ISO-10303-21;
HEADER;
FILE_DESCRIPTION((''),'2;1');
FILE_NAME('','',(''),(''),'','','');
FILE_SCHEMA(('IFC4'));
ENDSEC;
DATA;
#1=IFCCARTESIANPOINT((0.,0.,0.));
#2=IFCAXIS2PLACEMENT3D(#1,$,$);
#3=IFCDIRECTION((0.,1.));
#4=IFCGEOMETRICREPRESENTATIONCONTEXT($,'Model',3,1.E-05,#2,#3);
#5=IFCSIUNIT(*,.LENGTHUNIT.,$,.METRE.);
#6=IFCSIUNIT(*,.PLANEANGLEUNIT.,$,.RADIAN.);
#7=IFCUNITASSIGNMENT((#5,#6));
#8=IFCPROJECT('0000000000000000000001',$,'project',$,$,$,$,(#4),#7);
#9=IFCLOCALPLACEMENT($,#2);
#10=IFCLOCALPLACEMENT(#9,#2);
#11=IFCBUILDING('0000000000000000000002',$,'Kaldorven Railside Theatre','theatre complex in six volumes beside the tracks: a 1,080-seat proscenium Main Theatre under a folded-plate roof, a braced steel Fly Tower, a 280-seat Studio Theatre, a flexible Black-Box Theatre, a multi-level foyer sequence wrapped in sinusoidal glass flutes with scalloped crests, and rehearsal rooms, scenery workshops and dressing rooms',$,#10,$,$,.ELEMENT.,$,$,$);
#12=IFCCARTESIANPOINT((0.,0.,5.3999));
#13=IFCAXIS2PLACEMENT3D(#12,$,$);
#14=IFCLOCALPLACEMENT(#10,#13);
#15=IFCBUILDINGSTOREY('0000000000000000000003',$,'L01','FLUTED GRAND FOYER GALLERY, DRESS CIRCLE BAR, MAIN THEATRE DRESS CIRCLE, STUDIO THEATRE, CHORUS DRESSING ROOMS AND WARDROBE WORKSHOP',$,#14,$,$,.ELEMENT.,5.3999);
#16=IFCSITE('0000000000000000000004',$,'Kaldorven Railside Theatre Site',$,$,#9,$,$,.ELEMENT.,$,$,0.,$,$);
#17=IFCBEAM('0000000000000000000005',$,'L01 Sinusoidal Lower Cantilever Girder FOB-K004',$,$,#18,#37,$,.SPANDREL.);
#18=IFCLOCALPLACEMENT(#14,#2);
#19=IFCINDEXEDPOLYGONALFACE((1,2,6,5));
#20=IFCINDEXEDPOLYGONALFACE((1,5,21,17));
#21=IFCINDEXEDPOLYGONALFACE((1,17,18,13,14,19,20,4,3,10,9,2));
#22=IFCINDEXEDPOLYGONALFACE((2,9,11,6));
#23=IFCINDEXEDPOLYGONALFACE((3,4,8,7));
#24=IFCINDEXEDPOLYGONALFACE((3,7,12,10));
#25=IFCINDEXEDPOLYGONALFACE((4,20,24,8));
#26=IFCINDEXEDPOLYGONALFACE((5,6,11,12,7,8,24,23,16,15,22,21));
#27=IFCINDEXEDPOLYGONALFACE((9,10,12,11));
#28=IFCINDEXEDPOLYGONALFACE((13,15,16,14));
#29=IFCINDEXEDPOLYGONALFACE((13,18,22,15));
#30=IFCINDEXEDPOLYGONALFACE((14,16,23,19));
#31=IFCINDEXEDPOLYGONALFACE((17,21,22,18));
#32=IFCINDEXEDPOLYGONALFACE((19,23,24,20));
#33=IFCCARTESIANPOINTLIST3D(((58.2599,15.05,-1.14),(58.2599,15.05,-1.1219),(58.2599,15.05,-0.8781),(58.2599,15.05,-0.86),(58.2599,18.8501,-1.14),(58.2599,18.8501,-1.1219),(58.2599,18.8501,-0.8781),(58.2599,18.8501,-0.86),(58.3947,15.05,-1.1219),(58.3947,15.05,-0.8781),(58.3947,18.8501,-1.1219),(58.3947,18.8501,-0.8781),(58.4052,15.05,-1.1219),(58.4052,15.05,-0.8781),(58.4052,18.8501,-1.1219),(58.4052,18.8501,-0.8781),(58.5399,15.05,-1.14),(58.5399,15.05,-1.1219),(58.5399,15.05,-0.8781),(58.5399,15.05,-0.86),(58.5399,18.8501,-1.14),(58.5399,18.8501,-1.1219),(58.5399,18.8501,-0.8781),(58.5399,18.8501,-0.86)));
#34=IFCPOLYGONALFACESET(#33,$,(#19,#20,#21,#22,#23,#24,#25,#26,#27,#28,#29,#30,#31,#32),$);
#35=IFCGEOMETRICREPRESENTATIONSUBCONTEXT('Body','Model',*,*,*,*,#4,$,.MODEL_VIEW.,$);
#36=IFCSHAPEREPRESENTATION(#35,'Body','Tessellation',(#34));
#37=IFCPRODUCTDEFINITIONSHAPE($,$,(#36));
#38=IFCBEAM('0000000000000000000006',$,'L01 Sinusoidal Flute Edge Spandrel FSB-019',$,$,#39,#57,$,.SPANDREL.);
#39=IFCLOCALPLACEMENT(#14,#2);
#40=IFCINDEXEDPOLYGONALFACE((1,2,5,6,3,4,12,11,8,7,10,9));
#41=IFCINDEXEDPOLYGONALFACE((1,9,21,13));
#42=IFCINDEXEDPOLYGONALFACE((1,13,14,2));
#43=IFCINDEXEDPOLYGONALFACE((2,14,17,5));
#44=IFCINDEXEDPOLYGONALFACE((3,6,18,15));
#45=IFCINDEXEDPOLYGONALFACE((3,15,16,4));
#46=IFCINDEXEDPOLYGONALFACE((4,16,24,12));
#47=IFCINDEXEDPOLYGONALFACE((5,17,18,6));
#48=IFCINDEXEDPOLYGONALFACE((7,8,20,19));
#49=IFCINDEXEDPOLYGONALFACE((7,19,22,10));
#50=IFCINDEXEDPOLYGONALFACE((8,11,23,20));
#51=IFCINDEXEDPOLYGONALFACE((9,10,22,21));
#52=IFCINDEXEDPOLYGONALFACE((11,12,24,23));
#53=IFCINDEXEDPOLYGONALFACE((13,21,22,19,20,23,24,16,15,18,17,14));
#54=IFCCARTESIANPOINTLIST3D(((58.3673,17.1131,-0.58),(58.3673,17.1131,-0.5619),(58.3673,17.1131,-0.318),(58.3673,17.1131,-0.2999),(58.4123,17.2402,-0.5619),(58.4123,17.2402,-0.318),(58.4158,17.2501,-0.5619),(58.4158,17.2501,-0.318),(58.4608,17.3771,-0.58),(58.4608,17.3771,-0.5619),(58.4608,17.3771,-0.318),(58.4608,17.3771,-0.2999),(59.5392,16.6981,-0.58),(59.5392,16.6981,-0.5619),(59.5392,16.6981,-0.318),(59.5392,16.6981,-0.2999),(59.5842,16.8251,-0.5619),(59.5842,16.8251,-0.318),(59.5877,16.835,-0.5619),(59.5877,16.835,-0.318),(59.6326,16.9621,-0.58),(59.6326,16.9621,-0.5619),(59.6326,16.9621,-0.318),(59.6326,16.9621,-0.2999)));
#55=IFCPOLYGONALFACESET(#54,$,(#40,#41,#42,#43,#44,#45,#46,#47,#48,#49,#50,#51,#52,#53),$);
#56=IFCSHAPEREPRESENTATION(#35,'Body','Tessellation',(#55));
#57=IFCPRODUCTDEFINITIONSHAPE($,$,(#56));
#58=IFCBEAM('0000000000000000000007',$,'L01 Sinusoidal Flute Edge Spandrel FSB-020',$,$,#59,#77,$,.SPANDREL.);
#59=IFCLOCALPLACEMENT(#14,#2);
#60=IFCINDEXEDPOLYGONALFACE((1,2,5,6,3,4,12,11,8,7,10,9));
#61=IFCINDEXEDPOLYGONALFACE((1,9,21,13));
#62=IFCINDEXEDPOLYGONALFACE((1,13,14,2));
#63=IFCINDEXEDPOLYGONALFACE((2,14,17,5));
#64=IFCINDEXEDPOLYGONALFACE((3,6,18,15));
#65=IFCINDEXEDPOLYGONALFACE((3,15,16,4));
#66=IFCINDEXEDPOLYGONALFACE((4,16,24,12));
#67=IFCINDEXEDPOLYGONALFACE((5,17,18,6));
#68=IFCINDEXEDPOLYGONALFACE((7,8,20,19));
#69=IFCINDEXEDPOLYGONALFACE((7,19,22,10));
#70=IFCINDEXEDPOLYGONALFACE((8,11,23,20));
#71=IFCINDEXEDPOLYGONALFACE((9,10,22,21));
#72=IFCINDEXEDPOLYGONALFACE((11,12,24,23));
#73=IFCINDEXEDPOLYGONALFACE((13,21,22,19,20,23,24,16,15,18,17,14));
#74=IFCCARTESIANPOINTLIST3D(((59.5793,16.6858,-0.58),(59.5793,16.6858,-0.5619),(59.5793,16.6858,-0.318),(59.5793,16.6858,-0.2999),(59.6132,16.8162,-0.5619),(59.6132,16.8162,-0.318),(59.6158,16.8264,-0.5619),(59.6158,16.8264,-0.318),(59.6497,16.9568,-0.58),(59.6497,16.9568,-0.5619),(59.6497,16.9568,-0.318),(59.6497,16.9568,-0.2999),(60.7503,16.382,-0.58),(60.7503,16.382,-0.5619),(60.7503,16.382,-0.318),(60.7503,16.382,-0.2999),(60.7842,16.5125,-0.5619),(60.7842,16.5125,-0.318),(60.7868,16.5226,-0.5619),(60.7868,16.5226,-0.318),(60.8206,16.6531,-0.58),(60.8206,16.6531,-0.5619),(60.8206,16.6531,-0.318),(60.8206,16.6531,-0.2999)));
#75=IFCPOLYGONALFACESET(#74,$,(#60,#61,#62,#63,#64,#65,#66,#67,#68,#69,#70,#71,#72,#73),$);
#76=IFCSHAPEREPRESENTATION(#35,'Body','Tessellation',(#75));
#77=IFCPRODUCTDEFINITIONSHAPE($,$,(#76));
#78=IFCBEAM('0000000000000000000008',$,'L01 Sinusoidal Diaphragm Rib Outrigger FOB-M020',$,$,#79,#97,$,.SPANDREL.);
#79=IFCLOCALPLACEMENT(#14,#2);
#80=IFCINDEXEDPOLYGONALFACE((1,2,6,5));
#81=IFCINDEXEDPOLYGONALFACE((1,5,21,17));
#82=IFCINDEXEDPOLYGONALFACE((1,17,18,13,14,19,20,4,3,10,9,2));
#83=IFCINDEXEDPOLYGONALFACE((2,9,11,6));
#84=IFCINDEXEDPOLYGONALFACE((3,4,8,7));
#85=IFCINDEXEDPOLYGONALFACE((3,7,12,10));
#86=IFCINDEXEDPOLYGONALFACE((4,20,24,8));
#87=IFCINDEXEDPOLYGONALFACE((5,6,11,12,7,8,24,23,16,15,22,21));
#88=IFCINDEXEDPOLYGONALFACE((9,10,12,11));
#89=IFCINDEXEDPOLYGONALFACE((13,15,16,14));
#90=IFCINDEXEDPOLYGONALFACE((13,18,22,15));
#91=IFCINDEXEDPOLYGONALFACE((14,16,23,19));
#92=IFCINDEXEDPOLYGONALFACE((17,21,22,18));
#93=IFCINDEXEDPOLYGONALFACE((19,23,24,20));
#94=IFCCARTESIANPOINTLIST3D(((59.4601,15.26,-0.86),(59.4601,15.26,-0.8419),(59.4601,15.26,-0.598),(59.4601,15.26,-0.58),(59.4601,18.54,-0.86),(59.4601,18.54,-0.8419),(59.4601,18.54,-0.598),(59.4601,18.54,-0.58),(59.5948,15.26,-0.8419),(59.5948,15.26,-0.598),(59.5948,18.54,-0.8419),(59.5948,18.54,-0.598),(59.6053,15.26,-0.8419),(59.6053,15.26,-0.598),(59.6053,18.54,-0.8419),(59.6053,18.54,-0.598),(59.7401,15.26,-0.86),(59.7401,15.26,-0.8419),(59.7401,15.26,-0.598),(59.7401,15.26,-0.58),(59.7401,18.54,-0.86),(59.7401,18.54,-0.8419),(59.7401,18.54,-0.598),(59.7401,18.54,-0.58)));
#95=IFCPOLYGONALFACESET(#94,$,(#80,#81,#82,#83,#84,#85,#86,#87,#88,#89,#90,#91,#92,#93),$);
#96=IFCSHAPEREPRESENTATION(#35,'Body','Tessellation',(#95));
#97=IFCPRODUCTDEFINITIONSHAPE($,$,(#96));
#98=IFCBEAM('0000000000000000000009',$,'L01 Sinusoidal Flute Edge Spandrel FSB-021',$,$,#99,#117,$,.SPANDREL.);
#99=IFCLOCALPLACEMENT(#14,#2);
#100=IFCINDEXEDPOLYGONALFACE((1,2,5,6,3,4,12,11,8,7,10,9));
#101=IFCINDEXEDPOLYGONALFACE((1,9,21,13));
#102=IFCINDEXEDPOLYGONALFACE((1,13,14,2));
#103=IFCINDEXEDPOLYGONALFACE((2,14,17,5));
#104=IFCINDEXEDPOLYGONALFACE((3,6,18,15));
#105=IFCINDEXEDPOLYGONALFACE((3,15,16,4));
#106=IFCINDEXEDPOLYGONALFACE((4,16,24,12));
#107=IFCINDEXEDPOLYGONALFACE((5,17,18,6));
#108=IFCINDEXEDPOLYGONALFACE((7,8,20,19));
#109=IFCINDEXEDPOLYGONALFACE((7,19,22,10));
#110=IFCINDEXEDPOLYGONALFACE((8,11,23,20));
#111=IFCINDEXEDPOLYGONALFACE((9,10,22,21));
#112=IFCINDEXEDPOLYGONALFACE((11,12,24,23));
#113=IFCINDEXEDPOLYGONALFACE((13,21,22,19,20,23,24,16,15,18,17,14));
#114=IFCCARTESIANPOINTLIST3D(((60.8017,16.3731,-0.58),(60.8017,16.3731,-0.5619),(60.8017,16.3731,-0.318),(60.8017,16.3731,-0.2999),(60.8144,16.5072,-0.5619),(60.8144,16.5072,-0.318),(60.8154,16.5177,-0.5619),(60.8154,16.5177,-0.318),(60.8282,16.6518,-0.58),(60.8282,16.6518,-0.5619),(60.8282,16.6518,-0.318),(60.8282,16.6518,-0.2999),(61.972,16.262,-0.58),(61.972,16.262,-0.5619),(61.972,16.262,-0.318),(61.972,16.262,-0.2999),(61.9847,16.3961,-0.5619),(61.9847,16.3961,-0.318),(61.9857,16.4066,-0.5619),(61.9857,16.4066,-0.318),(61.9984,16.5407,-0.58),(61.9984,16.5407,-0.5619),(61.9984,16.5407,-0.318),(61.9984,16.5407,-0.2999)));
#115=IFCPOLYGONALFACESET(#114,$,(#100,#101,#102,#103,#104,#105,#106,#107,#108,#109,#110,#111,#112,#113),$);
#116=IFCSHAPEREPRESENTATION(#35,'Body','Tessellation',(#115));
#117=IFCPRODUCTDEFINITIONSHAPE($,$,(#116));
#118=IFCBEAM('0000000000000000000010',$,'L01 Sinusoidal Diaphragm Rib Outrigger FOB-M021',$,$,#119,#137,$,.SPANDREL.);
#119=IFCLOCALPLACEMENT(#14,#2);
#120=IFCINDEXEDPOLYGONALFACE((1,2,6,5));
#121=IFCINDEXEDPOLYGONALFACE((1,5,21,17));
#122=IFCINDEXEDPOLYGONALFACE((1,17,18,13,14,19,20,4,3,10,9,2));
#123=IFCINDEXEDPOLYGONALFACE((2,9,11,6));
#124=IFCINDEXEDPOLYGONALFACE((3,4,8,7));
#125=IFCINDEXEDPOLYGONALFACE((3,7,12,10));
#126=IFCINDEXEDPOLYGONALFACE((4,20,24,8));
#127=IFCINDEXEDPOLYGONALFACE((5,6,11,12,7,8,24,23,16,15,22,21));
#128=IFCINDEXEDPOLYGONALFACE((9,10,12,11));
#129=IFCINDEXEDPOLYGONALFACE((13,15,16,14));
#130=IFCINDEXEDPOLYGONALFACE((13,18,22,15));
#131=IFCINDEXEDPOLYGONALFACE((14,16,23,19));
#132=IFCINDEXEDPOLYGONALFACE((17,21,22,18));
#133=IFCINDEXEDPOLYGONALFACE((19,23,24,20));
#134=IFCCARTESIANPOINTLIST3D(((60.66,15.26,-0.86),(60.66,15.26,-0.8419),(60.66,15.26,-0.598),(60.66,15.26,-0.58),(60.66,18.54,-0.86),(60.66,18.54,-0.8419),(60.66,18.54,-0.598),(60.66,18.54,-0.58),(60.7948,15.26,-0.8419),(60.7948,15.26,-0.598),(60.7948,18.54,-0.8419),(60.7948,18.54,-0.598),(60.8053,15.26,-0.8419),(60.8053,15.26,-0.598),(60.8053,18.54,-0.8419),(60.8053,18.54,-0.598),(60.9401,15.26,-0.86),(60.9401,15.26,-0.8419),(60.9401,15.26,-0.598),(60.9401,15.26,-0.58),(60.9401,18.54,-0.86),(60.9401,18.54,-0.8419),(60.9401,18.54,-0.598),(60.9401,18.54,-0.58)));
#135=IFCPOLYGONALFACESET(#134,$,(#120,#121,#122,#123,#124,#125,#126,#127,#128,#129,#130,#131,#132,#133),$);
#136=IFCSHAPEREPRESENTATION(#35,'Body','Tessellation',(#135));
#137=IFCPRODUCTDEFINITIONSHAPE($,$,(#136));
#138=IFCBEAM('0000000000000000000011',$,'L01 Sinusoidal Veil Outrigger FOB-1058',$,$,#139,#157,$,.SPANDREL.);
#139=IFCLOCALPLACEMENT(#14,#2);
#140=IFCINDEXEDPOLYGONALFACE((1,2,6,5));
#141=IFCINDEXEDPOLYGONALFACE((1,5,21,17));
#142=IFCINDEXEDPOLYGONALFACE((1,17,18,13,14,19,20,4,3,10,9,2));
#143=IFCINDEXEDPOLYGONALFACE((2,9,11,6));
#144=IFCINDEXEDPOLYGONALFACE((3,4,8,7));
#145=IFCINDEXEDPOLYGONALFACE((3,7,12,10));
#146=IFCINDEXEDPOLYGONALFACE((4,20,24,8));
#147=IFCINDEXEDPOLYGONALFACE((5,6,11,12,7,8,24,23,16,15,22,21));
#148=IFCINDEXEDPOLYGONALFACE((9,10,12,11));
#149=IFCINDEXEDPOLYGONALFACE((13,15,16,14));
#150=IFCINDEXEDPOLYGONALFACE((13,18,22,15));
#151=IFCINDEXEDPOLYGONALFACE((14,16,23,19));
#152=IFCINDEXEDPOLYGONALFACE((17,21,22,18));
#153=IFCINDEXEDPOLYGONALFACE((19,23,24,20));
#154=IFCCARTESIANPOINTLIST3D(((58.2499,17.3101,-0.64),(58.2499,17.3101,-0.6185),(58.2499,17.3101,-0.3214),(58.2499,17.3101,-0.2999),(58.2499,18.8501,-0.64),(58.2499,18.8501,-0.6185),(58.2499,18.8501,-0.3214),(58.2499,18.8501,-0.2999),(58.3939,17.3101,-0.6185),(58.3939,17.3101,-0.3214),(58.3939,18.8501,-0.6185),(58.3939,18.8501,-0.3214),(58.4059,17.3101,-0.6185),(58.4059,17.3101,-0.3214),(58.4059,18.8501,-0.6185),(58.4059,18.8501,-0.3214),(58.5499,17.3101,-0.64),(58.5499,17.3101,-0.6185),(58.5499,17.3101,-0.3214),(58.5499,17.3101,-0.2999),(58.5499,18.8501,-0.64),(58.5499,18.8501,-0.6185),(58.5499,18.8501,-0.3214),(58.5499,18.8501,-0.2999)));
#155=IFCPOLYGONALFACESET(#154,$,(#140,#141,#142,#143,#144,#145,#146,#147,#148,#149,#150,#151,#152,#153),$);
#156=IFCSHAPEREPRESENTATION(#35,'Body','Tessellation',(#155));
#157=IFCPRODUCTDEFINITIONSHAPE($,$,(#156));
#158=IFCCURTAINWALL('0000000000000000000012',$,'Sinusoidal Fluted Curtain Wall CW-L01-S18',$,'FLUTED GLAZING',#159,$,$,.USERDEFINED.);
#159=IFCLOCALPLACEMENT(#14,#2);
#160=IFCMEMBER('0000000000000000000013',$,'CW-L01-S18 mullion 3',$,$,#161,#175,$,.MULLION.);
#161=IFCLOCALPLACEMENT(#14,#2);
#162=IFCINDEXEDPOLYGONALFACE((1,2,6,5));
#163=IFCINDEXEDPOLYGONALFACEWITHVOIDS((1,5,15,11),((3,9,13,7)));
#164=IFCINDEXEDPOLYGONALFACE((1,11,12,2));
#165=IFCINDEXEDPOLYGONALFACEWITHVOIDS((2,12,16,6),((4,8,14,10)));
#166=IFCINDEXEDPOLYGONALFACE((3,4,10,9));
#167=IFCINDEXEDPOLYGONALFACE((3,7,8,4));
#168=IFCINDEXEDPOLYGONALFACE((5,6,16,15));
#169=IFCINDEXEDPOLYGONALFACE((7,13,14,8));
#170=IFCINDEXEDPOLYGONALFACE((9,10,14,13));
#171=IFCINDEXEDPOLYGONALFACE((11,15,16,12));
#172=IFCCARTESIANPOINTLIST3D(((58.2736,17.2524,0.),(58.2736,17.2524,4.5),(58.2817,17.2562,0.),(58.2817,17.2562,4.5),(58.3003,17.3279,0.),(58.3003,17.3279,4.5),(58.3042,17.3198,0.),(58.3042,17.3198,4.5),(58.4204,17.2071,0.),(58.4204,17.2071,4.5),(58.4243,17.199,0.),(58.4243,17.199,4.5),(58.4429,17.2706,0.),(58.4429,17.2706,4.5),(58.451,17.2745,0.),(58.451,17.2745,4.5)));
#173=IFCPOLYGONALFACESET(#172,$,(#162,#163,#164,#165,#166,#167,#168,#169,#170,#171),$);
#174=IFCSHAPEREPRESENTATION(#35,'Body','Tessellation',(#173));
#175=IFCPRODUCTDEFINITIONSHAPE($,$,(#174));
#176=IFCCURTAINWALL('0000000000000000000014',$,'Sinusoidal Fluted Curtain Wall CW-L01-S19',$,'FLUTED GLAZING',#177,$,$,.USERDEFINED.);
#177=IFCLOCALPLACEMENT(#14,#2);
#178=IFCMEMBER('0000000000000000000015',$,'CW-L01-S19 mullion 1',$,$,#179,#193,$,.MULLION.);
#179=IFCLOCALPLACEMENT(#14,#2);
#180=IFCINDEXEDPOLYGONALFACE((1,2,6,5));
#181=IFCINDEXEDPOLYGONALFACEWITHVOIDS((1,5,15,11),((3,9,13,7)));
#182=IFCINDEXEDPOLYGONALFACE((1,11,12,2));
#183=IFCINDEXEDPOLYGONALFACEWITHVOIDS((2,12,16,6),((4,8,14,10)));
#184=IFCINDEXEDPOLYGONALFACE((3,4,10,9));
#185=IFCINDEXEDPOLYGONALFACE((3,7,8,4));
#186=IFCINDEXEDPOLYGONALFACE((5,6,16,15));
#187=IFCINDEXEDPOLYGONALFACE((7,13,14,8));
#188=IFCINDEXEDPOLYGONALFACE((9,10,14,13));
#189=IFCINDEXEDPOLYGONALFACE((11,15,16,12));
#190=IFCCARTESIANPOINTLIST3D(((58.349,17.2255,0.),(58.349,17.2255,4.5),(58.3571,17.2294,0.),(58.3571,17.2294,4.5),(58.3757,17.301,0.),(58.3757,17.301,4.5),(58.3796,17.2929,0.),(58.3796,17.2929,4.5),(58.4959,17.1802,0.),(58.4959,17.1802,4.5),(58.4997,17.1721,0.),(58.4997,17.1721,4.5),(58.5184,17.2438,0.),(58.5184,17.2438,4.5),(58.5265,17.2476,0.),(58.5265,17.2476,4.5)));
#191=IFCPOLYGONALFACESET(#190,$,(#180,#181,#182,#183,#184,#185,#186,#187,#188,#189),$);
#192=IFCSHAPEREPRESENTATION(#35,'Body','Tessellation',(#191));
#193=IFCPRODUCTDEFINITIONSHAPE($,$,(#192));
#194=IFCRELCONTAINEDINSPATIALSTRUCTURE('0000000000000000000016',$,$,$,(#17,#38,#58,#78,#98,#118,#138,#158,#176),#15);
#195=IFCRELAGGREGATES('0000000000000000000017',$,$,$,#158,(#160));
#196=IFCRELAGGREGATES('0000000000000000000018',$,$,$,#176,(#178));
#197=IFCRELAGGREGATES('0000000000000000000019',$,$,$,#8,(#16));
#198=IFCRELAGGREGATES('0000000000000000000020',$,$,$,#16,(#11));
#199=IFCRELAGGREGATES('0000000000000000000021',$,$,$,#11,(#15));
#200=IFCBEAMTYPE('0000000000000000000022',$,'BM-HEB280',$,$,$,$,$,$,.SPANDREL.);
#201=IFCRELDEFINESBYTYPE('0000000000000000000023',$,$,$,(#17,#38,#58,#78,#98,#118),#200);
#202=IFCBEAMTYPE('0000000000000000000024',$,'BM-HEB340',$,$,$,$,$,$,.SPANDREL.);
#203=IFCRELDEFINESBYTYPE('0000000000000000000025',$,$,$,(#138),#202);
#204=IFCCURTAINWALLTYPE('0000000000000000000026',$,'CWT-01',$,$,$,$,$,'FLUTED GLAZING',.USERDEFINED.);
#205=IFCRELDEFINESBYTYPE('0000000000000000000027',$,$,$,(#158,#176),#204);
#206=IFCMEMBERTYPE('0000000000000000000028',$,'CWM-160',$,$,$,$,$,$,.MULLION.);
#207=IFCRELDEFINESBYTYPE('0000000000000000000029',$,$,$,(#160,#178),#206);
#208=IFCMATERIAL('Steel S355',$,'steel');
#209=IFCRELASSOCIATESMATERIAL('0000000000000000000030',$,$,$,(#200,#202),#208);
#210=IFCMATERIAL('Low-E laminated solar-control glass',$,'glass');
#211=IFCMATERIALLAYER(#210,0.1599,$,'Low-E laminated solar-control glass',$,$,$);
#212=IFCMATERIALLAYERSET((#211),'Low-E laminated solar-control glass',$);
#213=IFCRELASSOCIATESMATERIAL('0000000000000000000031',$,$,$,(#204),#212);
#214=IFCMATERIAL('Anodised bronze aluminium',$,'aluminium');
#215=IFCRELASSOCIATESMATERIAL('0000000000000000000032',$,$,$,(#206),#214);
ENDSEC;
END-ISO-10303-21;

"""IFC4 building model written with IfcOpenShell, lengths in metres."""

from ifc_helpers import new_model, si_unit, direction, frame, origin, origin_2d, place, context, subcontext, project, spatial, hollow_rectangle, i_section, extrude, material, layer, layer_set, material_profile, profile_set, type_object, element, aggregate, save


model = new_model("IFC4")

# Units and contexts
model_context = context("Model", 3, precision=1e-05, world=origin(), true_north=direction((0.0, 1.0)))
body_context = subcontext(model_context, "Body", "Model", "MODEL_VIEW")
ifc_project = project(units=[si_unit("LENGTHUNIT", "METRE"), si_unit("PLANEANGLEUNIT", "RADIAN")], contexts=[model_context])

# Site, building, storey
site_placement = place(None, origin())
site = spatial("IfcSite", under=ifc_project, at=site_placement, Name="Kaldorven Railside Theatre Site", CompositionType="ELEMENT", RefElevation=0.0)
building_placement = place(site_placement, origin())
building = spatial("IfcBuilding", under=site, at=building_placement, Name="Kaldorven Railside Theatre", Description="theatre complex in six volumes beside the tracks: a 1,080-seat proscenium Main Theatre under a folded-plate roof, a braced steel Fly Tower, a 280-seat Studio Theatre, a flexible Black-Box Theatre, a multi-level foyer sequence wrapped in sinusoidal glass flutes with scalloped crests, and rehearsal rooms, scenery workshops and dressing rooms", CompositionType="ELEMENT")
storey_placement = place(building_placement, frame((0.0, 0.0, 5.3999)))
storey = spatial("IfcBuildingStorey", under=building, at=storey_placement, Name="L01", Description="FLUTED GRAND FOYER GALLERY, DRESS CIRCLE BAR, MAIN THEATRE DRESS CIRCLE, STUDIO THEATRE, CHORUS DRESSING ROOMS AND WARDROBE WORKSHOP", CompositionType="ELEMENT", Elevation=5.3999)

# Beams
ifc_material_1 = material(Name="Steel S355", Category="steel")
ifc_material_profile_1 = material_profile(ifc_material_1, i_section(OverallWidth=0.28, OverallDepth=0.28, WebThickness=0.0105, FlangeThickness=0.0181, at=origin_2d()), Name="HEB 280")
ifc_profile_set_1 = profile_set([ifc_material_profile_1], Name="Steel S355")
beam_type_1 = type_object("IfcBeamType", Name="BM-HEB280", PredefinedType="SPANDREL", material=ifc_profile_set_1)
beam_1_placement = place(storey_placement, frame((58.3999, 15.05, -1.0), z_axis=(0.0, 1.0, 0.0), x_axis=(-1.0, 0.0, 0.0)))
element("IfcBeam", 1, at=beam_1_placement, inside=storey, type_object=beam_type_1, Name="L01 Sinusoidal Lower Cantilever Girder FOB-K004", PredefinedType="SPANDREL", context=body_context, shape_type="SweptSolid", body=[
    extrude(i_section(OverallWidth=0.28, OverallDepth=0.28, WebThickness=0.0105, FlangeThickness=0.0181, at=origin_2d()), origin(), (0.0, 0.0, 1.0), 3.8),
])
beam_2_placement = place(storey_placement, frame((58.4141, 17.2451, -0.4399), z_axis=(0.942627, -0.333847, 0.0), x_axis=(0.333847, 0.942627, 0.0)))
element("IfcBeam", 2, at=beam_2_placement, inside=storey, type_object=beam_type_1, Name="L01 Sinusoidal Flute Edge Spandrel FSB-019", PredefinedType="SPANDREL", context=body_context, shape_type="SweptSolid", body=[
    extrude(i_section(OverallWidth=0.28, OverallDepth=0.28, WebThickness=0.0105, FlangeThickness=0.0181, at=origin_2d()), origin(), (0.0, 0.0, 1.0), 1.2432),
])
beam_3_placement = place(storey_placement, frame((59.6145, 16.8213, -0.4399), z_axis=(0.967968, -0.251074, 0.0), x_axis=(0.251074, 0.967968, 0.0)))
element("IfcBeam", 3, at=beam_3_placement, inside=storey, type_object=beam_type_1, Name="L01 Sinusoidal Flute Edge Spandrel FSB-020", PredefinedType="SPANDREL", context=body_context, shape_type="SweptSolid", body=[
    extrude(i_section(OverallWidth=0.28, OverallDepth=0.28, WebThickness=0.0105, FlangeThickness=0.0181, at=origin_2d()), origin(), (0.0, 0.0, 1.0), 1.2097),
])
beam_4_placement = place(storey_placement, frame((59.6001, 15.26, -0.72), z_axis=(0.0, 1.0, 0.0), x_axis=(-1.0, 0.0, 0.0)))
element("IfcBeam", 4, at=beam_4_placement, inside=storey, type_object=beam_type_1, Name="L01 Sinusoidal Diaphragm Rib Outrigger FOB-M020", PredefinedType="SPANDREL", context=body_context, shape_type="SweptSolid", body=[
    extrude(i_section(OverallWidth=0.28, OverallDepth=0.28, WebThickness=0.0105, FlangeThickness=0.0181, at=origin_2d()), origin(), (0.0, 0.0, 1.0), 3.28),
])
beam_5_placement = place(storey_placement, frame((60.8149, 16.5125, -0.4399), z_axis=(0.995524, -0.094505, 0.0), x_axis=(0.094505, 0.995524, 0.0)))
element("IfcBeam", 5, at=beam_5_placement, inside=storey, type_object=beam_type_1, Name="L01 Sinusoidal Flute Edge Spandrel FSB-021", PredefinedType="SPANDREL", context=body_context, shape_type="SweptSolid", body=[
    extrude(i_section(OverallWidth=0.28, OverallDepth=0.28, WebThickness=0.0105, FlangeThickness=0.0181, at=origin_2d()), origin(), (0.0, 0.0, 1.0), 1.1755),
])
beam_6_placement = place(storey_placement, frame((60.8, 15.26, -0.72), z_axis=(0.0, 1.0, 0.0), x_axis=(-1.0, 0.0, 0.0)))
element("IfcBeam", 6, at=beam_6_placement, inside=storey, type_object=beam_type_1, Name="L01 Sinusoidal Diaphragm Rib Outrigger FOB-M021", PredefinedType="SPANDREL", context=body_context, shape_type="SweptSolid", body=[
    extrude(i_section(OverallWidth=0.28, OverallDepth=0.28, WebThickness=0.0105, FlangeThickness=0.0181, at=origin_2d()), origin(), (0.0, 0.0, 1.0), 3.28),
])
ifc_material_profile_2 = material_profile(ifc_material_1, i_section(OverallWidth=0.3, OverallDepth=0.3401, WebThickness=0.012, FlangeThickness=0.0215, at=origin_2d()), Name="HEB 340")
ifc_profile_set_2 = profile_set([ifc_material_profile_2], Name="Steel S355")
beam_type_2 = type_object("IfcBeamType", Name="BM-HEB340", PredefinedType="SPANDREL", material=ifc_profile_set_2)
beam_7_placement = place(storey_placement, frame((58.3999, 17.3101, -0.47), z_axis=(0.0, 1.0, 0.0), x_axis=(-1.0, 0.0, 0.0)))
element("IfcBeam", 7, at=beam_7_placement, inside=storey, type_object=beam_type_2, Name="L01 Sinusoidal Veil Outrigger FOB-1058", PredefinedType="SPANDREL", context=body_context, shape_type="SweptSolid", body=[
    extrude(i_section(OverallWidth=0.3, OverallDepth=0.3401, WebThickness=0.012, FlangeThickness=0.0215, at=origin_2d()), origin(), (0.0, 0.0, 1.0), 1.54),
])

# Curtain wall, member
ifc_material_2 = material(Name="Low-E laminated solar-control glass", Category="glass")
ifc_layer_1 = layer(ifc_material_2, 0.1599, Name="Low-E laminated solar-control glass")
ifc_layer_set_1 = layer_set([ifc_layer_1], Name="Low-E laminated solar-control glass")
curtain_wall_type_1 = type_object("IfcCurtainWallType", Name="CWT-01", ElementType="FLUTED GLAZING", PredefinedType="USERDEFINED", material=ifc_layer_set_1)
curtain_wall_1_placement = place(storey_placement, origin())
curtain_wall_1 = element("IfcCurtainWall", 8, at=curtain_wall_1_placement, inside=storey, type_object=curtain_wall_type_1, Name="Sinusoidal Fluted Curtain Wall CW-L01-S18", ObjectType="FLUTED GLAZING", PredefinedType="USERDEFINED")
ifc_material_3 = material(Name="Anodised bronze aluminium", Category="aluminium")
ifc_material_profile_3 = material_profile(ifc_material_3, hollow_rectangle(XDim=0.0801, YDim=0.1599, WallThickness=0.0063, at=origin_2d()), Name="RHS 160x80x6.3")
ifc_profile_set_3 = profile_set([ifc_material_profile_3], Name="Anodised bronze aluminium")
member_type_1 = type_object("IfcMemberType", Name="CWM-160", PredefinedType="MULLION", material=ifc_profile_set_3)
member_1_placement = place(storey_placement, frame((58.3623, 17.2634, 0.0), z_axis=(0.0, 0.0, 1.0), x_axis=(0.333847, 0.942627, 0.0)))
member_1 = element("IfcMember", 9, at=member_1_placement, type_object=member_type_1, Name="CW-L01-S18 mullion 3", PredefinedType="MULLION", context=body_context, shape_type="SweptSolid", body=[
    extrude(hollow_rectangle(XDim=0.0801, YDim=0.1599, WallThickness=0.0063, at=origin_2d()), origin(), (0.0, 0.0, 1.0), 4.5),
])

# Curtain wall, member
curtain_wall_2_placement = place(storey_placement, origin())
curtain_wall_2 = element("IfcCurtainWall", 10, at=curtain_wall_2_placement, inside=storey, type_object=curtain_wall_type_1, Name="Sinusoidal Fluted Curtain Wall CW-L01-S19", ObjectType="FLUTED GLAZING", PredefinedType="USERDEFINED")
member_2_placement = place(storey_placement, frame((58.4377, 17.2366, 0.0), z_axis=(0.0, 0.0, 1.0), x_axis=(0.333847, 0.942627, 0.0)))
member_2 = element("IfcMember", 11, at=member_2_placement, type_object=member_type_1, Name="CW-L01-S19 mullion 1", PredefinedType="MULLION", context=body_context, shape_type="SweptSolid", body=[
    extrude(hollow_rectangle(XDim=0.0801, YDim=0.1599, WallThickness=0.0063, at=origin_2d()), origin(), (0.0, 0.0, 1.0), 4.5),
])

aggregate(curtain_wall_1, [member_1])
aggregate(curtain_wall_2, [member_2])

save(model, "model.ifc")
